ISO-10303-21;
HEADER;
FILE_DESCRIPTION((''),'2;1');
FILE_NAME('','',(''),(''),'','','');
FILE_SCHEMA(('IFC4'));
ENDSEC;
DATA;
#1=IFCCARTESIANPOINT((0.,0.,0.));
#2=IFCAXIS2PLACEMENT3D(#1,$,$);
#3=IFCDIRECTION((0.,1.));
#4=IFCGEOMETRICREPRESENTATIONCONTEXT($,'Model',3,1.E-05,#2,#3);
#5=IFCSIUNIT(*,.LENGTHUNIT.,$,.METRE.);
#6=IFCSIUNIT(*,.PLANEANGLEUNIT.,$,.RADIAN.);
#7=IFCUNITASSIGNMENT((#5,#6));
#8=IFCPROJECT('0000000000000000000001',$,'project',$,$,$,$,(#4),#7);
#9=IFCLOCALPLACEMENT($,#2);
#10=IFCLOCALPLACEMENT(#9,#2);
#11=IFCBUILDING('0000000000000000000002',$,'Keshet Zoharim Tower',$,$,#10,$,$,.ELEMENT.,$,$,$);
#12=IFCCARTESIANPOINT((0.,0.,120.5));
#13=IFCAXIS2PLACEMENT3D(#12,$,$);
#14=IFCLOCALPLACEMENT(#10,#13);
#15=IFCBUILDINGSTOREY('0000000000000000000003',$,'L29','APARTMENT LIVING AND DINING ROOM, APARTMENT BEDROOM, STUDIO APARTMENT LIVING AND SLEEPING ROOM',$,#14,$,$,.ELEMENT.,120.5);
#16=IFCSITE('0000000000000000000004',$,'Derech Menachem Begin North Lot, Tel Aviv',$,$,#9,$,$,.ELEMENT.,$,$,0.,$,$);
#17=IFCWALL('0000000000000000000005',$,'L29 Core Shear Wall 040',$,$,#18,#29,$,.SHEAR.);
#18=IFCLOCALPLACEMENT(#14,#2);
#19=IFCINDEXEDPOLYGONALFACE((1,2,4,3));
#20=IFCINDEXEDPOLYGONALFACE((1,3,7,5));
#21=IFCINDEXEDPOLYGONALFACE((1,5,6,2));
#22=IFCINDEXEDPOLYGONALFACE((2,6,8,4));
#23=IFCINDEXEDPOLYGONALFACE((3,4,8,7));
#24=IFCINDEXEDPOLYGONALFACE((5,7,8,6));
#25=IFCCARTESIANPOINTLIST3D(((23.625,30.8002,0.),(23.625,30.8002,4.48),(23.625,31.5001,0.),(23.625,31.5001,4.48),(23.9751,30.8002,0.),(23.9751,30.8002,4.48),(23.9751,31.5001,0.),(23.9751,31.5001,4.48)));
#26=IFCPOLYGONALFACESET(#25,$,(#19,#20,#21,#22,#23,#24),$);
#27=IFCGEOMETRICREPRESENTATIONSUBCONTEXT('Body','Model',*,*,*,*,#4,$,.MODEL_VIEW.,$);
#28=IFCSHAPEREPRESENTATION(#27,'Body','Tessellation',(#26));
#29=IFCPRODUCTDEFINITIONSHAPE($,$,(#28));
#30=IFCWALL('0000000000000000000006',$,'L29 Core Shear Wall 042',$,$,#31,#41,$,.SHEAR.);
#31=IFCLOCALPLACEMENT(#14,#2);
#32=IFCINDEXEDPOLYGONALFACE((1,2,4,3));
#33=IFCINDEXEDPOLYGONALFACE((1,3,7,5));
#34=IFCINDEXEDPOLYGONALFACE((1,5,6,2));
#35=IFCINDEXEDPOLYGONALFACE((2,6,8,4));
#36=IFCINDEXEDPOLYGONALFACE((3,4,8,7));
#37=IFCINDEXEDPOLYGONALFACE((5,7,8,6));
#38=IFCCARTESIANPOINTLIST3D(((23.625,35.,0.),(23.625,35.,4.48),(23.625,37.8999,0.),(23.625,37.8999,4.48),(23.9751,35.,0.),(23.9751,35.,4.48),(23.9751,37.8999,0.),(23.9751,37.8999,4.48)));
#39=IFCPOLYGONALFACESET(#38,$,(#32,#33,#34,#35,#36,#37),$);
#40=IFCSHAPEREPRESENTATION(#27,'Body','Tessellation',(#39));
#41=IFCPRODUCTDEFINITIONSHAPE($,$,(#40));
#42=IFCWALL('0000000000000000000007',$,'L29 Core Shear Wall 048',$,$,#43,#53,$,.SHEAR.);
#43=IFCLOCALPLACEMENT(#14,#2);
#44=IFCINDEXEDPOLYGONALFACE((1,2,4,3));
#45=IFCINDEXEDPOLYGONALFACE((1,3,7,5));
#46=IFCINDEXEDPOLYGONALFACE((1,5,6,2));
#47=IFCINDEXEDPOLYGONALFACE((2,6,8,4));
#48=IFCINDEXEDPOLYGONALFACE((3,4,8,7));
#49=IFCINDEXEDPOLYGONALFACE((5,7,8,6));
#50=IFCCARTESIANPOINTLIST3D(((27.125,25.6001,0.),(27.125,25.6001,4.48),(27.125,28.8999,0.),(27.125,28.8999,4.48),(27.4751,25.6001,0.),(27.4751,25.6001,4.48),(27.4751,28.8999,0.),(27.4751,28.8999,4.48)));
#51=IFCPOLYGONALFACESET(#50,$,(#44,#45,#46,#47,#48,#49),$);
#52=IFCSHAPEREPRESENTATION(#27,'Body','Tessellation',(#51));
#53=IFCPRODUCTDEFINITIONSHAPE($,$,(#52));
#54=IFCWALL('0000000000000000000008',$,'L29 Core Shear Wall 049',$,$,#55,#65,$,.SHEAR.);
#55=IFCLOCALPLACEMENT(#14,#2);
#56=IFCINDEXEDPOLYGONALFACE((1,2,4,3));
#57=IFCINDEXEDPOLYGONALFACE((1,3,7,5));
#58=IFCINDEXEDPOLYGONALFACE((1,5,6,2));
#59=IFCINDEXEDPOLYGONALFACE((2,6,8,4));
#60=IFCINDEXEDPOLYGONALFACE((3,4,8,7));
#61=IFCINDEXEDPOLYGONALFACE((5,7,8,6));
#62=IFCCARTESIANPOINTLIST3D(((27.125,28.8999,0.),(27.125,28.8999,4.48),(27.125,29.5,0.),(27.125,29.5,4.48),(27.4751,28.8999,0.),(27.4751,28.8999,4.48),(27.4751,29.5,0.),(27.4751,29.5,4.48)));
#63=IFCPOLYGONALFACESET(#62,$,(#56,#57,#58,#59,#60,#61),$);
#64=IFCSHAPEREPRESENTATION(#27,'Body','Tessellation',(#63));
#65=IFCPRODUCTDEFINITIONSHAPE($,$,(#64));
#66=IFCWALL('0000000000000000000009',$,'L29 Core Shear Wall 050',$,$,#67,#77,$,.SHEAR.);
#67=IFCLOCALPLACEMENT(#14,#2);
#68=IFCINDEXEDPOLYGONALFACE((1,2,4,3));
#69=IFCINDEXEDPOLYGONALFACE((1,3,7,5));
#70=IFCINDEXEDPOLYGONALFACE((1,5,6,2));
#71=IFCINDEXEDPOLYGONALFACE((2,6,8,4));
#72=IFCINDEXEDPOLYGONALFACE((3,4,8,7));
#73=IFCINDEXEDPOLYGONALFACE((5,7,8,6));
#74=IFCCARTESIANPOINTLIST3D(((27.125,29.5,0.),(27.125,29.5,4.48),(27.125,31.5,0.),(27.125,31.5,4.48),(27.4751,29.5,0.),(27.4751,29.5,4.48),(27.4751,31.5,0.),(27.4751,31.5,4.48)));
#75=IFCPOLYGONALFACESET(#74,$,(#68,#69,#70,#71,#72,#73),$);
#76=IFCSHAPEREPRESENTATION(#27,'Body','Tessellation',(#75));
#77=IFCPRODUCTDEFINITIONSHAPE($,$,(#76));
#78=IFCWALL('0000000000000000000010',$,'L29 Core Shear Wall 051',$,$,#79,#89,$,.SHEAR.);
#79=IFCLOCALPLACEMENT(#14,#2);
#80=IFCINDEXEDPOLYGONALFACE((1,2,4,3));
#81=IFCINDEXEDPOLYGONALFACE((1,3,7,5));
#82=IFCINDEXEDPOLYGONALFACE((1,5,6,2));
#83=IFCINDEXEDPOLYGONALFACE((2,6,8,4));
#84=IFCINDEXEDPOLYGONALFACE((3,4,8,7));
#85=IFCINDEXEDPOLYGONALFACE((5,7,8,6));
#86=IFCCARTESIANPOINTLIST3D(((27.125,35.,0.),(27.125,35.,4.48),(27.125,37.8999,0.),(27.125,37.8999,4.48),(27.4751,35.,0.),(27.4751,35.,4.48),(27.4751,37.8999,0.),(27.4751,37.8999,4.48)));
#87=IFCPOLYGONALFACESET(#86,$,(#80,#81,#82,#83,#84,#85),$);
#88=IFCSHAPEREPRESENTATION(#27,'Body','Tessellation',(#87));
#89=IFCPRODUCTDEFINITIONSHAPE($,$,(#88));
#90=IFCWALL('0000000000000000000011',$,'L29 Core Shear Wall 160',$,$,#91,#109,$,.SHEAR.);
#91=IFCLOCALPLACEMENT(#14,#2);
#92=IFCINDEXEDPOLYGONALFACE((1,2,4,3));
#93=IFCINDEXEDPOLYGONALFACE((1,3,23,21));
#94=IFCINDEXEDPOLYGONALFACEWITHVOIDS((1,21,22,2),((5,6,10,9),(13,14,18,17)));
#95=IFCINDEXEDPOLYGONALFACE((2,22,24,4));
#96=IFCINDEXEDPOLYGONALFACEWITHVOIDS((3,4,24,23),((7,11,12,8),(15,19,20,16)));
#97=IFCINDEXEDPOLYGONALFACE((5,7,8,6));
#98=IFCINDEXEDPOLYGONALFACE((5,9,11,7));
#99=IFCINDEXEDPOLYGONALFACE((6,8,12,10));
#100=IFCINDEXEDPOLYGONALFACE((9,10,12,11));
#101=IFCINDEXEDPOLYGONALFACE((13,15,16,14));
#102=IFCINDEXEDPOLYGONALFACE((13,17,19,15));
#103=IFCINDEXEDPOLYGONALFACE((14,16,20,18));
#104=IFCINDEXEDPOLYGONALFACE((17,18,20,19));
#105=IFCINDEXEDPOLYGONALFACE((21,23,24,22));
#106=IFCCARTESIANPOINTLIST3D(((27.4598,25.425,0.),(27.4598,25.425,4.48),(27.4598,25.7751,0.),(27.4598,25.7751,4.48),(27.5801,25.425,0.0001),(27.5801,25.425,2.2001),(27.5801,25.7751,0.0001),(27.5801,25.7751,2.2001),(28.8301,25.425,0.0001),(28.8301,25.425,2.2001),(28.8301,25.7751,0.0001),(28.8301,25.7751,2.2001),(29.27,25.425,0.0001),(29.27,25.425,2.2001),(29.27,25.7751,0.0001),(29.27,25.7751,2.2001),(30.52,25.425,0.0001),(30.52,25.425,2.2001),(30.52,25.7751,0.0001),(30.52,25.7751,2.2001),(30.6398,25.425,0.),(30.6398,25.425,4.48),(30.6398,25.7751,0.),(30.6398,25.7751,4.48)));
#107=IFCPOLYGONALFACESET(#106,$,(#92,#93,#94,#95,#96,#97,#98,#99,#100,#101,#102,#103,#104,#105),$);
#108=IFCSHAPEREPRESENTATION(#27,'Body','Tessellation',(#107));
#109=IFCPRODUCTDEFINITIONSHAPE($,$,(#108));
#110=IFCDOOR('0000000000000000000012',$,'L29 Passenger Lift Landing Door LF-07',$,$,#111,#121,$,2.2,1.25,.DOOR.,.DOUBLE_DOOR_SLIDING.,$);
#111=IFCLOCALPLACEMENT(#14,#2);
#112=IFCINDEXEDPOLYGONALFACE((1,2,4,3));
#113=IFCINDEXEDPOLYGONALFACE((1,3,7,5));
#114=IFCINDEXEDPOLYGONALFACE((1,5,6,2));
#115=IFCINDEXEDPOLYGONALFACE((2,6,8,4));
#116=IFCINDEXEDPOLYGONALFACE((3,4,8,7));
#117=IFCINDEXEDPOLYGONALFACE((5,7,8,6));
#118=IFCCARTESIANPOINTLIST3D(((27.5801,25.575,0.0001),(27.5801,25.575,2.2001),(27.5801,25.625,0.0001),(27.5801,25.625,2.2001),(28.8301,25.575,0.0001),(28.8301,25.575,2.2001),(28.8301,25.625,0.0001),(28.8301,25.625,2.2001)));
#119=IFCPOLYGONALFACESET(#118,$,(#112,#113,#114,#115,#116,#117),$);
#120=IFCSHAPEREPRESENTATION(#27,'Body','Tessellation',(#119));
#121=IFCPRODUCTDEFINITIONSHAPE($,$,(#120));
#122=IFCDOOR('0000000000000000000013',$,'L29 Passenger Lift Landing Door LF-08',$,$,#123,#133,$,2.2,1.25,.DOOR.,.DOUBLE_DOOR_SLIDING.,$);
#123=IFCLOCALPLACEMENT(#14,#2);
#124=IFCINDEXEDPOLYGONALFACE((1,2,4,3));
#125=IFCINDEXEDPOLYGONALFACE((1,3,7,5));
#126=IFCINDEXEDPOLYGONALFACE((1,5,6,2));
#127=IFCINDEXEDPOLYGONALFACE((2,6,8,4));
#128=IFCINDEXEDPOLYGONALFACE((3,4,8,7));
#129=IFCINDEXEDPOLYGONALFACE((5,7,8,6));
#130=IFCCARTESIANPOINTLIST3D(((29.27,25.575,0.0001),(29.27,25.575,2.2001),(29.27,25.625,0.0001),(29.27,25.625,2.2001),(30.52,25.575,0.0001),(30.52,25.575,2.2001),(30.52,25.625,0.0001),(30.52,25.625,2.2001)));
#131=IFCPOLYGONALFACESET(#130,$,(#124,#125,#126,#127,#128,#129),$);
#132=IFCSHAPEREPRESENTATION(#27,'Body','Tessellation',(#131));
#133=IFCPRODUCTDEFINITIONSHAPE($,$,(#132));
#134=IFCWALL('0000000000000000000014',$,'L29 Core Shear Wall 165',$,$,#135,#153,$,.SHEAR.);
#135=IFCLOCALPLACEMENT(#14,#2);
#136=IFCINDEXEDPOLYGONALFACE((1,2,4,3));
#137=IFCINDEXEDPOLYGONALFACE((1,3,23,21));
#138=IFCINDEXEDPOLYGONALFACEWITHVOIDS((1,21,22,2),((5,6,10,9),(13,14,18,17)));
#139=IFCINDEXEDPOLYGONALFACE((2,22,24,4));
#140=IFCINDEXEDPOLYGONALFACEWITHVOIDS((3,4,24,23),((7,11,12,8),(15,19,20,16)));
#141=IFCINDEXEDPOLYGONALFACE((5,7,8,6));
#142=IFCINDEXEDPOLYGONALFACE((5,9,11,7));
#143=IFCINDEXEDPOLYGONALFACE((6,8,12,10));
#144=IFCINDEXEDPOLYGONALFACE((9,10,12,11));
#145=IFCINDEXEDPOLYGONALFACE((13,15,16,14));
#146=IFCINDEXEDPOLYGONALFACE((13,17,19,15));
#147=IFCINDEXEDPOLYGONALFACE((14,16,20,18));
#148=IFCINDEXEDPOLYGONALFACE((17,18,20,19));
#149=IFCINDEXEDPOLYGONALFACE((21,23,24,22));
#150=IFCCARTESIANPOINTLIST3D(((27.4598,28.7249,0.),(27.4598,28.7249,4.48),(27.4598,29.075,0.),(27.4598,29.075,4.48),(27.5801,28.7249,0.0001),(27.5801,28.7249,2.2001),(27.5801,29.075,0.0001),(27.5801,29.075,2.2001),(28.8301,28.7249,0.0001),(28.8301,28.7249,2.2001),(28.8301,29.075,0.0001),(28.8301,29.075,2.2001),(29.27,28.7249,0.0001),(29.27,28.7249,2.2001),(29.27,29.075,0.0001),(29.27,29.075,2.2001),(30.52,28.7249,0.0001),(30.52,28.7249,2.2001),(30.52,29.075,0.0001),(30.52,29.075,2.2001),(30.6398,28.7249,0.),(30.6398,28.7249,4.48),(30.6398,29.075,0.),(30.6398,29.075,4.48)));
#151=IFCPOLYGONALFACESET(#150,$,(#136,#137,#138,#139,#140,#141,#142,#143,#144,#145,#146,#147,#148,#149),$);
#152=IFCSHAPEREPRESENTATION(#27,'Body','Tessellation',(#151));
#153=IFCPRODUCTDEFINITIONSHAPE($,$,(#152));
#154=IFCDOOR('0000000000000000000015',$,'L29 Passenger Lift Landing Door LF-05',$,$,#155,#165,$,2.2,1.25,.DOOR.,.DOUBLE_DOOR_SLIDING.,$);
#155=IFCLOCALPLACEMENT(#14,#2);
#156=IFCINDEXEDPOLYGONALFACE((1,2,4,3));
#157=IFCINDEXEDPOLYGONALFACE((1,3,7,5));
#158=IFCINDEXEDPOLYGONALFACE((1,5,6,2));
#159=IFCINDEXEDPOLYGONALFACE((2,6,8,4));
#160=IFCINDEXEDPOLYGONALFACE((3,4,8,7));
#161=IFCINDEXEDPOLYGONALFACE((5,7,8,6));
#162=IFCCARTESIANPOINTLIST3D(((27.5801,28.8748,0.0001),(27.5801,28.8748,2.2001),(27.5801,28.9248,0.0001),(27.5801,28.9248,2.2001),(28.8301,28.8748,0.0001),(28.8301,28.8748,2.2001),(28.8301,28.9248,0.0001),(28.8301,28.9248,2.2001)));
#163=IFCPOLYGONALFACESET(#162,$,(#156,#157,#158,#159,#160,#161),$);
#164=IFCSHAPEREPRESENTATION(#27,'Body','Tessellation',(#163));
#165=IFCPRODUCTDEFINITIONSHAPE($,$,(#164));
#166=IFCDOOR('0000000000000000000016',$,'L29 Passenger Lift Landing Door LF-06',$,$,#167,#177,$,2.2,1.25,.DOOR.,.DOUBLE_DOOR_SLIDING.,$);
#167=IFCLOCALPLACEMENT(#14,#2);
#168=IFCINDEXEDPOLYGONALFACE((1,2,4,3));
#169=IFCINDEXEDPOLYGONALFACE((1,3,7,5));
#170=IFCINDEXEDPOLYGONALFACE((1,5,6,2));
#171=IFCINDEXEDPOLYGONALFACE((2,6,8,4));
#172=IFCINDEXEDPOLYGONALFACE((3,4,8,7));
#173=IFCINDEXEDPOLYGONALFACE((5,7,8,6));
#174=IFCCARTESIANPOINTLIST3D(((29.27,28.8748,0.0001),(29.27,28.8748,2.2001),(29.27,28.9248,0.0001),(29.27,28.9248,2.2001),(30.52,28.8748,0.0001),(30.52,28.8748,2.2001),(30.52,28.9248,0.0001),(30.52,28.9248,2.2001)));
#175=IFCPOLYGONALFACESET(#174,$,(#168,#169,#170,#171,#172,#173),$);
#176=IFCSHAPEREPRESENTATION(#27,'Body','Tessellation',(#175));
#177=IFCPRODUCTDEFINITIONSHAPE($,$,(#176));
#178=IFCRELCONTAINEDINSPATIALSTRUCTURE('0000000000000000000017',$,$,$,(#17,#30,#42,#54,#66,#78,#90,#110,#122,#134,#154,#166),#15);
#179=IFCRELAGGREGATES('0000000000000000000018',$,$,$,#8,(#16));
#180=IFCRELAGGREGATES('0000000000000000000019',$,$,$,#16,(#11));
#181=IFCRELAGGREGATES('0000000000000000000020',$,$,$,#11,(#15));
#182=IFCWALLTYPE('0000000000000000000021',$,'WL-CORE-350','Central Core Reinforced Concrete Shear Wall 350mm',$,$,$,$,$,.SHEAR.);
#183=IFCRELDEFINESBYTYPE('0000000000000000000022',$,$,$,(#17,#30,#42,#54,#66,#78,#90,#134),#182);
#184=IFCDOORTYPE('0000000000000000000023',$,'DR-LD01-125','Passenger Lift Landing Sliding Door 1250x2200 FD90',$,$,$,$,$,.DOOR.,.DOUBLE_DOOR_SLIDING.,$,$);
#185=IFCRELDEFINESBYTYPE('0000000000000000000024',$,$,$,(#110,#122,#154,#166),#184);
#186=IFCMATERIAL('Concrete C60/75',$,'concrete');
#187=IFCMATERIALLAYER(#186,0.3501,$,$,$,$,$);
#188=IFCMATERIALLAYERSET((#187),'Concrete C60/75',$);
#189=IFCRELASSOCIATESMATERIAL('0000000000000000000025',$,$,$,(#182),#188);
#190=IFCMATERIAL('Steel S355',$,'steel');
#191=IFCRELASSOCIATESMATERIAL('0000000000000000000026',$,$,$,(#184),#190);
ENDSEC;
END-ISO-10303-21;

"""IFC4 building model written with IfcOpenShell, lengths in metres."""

from ifc_helpers import new_model, si_unit, direction, frame, frame_2d, origin, place, context, subcontext, project, spatial, rectangle, extrude, material, layer, layer_set, type_object, element, fill, save


model = new_model("IFC4")

# Units and contexts
model_context = context("Model", 3, precision=1e-05, world=origin(), true_north=direction((0.0, 1.0)))
body_context = subcontext(model_context, "Body", "Model", "MODEL_VIEW")
ifc_project = project(units=[si_unit("LENGTHUNIT", "METRE"), si_unit("PLANEANGLEUNIT", "RADIAN")], contexts=[model_context])

# Site, building, storey
site_placement = place(None, origin())
site = spatial("IfcSite", under=ifc_project, at=site_placement, Name="Derech Menachem Begin North Lot, Tel Aviv", CompositionType="ELEMENT", RefElevation=0.0)
building_placement = place(site_placement, origin())
building = spatial("IfcBuilding", under=site, at=building_placement, Name="Keshet Zoharim Tower", CompositionType="ELEMENT")
storey_placement = place(building_placement, frame((0.0, 0.0, 120.5)))
storey = spatial("IfcBuildingStorey", under=building, at=storey_placement, Name="L29", Description="APARTMENT LIVING AND DINING ROOM, APARTMENT BEDROOM, STUDIO APARTMENT LIVING AND SLEEPING ROOM", CompositionType="ELEMENT", Elevation=120.5)

# Wall
ifc_material_1 = material(Name="Concrete C60/75", Category="concrete")
ifc_layer_1 = layer(ifc_material_1, 0.3501)
ifc_layer_set_1 = layer_set([ifc_layer_1], Name="Concrete C60/75")
wall_type_1 = type_object("IfcWallType", Name="WL-CORE-350", Description="Central Core Reinforced Concrete Shear Wall 350mm", PredefinedType="SHEAR", material=ifc_layer_set_1)
wall_1_placement = place(storey_placement, frame((23.8, 30.8, 0.0), z_axis=(0.0, 0.0, 1.0), x_axis=(0.0, 1.0, 0.0)))
element("IfcWall", 1, at=wall_1_placement, inside=storey, type_object=wall_type_1, Name="L29 Core Shear Wall 040", PredefinedType="SHEAR", context=body_context, shape_type="SweptSolid", body=[
    extrude(rectangle(XDim=0.7, YDim=0.3501, at=frame_2d((0.3501, 0.0))), origin(), (0.0, 0.0, 1.0), 4.48),
])

# Walls
wall_2_placement = place(storey_placement, frame((23.8, 35.0, 0.0), z_axis=(0.0, 0.0, 1.0), x_axis=(0.0, 1.0, 0.0)))
element("IfcWall", 2, at=wall_2_placement, inside=storey, type_object=wall_type_1, Name="L29 Core Shear Wall 042", PredefinedType="SHEAR", context=body_context, shape_type="SweptSolid", body=[
    extrude(rectangle(XDim=2.8999, YDim=0.3501, at=frame_2d((1.45, 0.0))), origin(), (0.0, 0.0, 1.0), 4.48),
])
wall_3_placement = place(storey_placement, frame((27.3, 25.6001, 0.0), z_axis=(0.0, 0.0, 1.0), x_axis=(0.0, 1.0, 0.0)))
element("IfcWall", 3, at=wall_3_placement, inside=storey, type_object=wall_type_1, Name="L29 Core Shear Wall 048", PredefinedType="SHEAR", context=body_context, shape_type="SweptSolid", body=[
    extrude(rectangle(XDim=3.2998, YDim=0.3501, at=frame_2d((1.6499, 0.0))), origin(), (0.0, 0.0, 1.0), 4.48),
])
wall_4_placement = place(storey_placement, frame((27.3, 28.8999, 0.0), z_axis=(0.0, 0.0, 1.0), x_axis=(0.0, 1.0, 0.0)))
element("IfcWall", 4, at=wall_4_placement, inside=storey, type_object=wall_type_1, Name="L29 Core Shear Wall 049", PredefinedType="SHEAR", context=body_context, shape_type="SweptSolid", body=[
    extrude(rectangle(XDim=0.6001, YDim=0.3501, at=frame_2d((0.3, 0.0))), origin(), (0.0, 0.0, 1.0), 4.48),
])
wall_5_placement = place(storey_placement, frame((27.3, 29.5, 0.0), z_axis=(0.0, 0.0, 1.0), x_axis=(0.0, 1.0, 0.0)))
element("IfcWall", 5, at=wall_5_placement, inside=storey, type_object=wall_type_1, Name="L29 Core Shear Wall 050", PredefinedType="SHEAR", context=body_context, shape_type="SweptSolid", body=[
    extrude(rectangle(XDim=2.0, YDim=0.3501, at=frame_2d((1.0, 0.0))), origin(), (0.0, 0.0, 1.0), 4.48),
])
wall_6_placement = place(storey_placement, frame((27.3, 35.0, 0.0), z_axis=(0.0, 0.0, 1.0), x_axis=(0.0, 1.0, 0.0)))
element("IfcWall", 6, at=wall_6_placement, inside=storey, type_object=wall_type_1, Name="L29 Core Shear Wall 051", PredefinedType="SHEAR", context=body_context, shape_type="SweptSolid", body=[
    extrude(rectangle(XDim=2.8999, YDim=0.3501, at=frame_2d((1.45, 0.0))), origin(), (0.0, 0.0, 1.0), 4.48),
])

# Walls, openings, doors
wall_7_placement = place(storey_placement, frame((27.46, 25.6001, 0.0), z_axis=(0.0, 0.0, 1.0), x_axis=(1.0, 0.0, 0.0)))
wall_7 = element("IfcWall", 7, at=wall_7_placement, inside=storey, type_object=wall_type_1, Name="L29 Core Shear Wall 160", PredefinedType="SHEAR", context=body_context, shape_type="SweptSolid", body=[
    extrude(rectangle(XDim=3.1799, YDim=0.3501, at=frame_2d((1.5898, 0.0))), origin(), (0.0, 0.0, 1.0), 4.48),
])
opening_1_placement = place(wall_7_placement, frame((0.1201, 0.0, 0.0)))
opening_1 = element("IfcOpeningElement", 8, at=opening_1_placement, cuts=wall_7, PredefinedType="OPENING", context=body_context, shape_type="SweptSolid", body=[
    extrude(rectangle(XDim=1.25, YDim=2.2, at=frame_2d((0.625, 1.1001))), frame((0.0, 0.1851, 0.0), z_axis=(0.0, -1.0, 0.0), x_axis=(1.0, 0.0, 0.0)), (0.0, 0.0, 1.0), 0.3701),
])
opening_2_placement = place(wall_7_placement, frame((1.8101, 0.0, 0.0)))
opening_2 = element("IfcOpeningElement", 9, at=opening_2_placement, cuts=wall_7, PredefinedType="OPENING", context=body_context, shape_type="SweptSolid", body=[
    extrude(rectangle(XDim=1.25, YDim=2.2, at=frame_2d((0.625, 1.1001))), frame((0.0, 0.1851, 0.0), z_axis=(0.0, -1.0, 0.0), x_axis=(1.0, 0.0, 0.0)), (0.0, 0.0, 1.0), 0.3701),
])
ifc_material_2 = material(Name="Steel S355", Category="steel")
door_type_1 = type_object("IfcDoorType", Name="DR-LD01-125", Description="Passenger Lift Landing Sliding Door 1250x2200 FD90", OperationType="DOUBLE_DOOR_SLIDING", PredefinedType="DOOR", material=ifc_material_2)
door_1_placement = place(opening_1_placement, origin())
door_1 = element("IfcDoor", 10, at=door_1_placement, inside=storey, type_object=door_type_1, Name="L29 Passenger Lift Landing Door LF-07", OperationType="DOUBLE_DOOR_SLIDING", OverallHeight=2.2, OverallWidth=1.25, PredefinedType="DOOR", context=body_context, shape_type="SweptSolid", body=[
    extrude(rectangle(XDim=1.25, YDim=2.2, at=frame_2d((0.625, 1.1001))), frame((0.0, 0.0249, 0.0), z_axis=(0.0, -1.0, 0.0), x_axis=(1.0, 0.0, 0.0)), (0.0, 0.0, 1.0), 0.05),
])
fill(opening_1, door_1)
door_2_placement = place(opening_2_placement, origin())
door_2 = element("IfcDoor", 11, at=door_2_placement, inside=storey, type_object=door_type_1, Name="L29 Passenger Lift Landing Door LF-08", OperationType="DOUBLE_DOOR_SLIDING", OverallHeight=2.2, OverallWidth=1.25, PredefinedType="DOOR", context=body_context, shape_type="SweptSolid", body=[
    extrude(rectangle(XDim=1.25, YDim=2.2, at=frame_2d((0.625, 1.1001))), frame((0.0, 0.0249, 0.0), z_axis=(0.0, -1.0, 0.0), x_axis=(1.0, 0.0, 0.0)), (0.0, 0.0, 1.0), 0.05),
])
fill(opening_2, door_2)
wall_8_placement = place(storey_placement, frame((27.46, 28.8999, 0.0), z_axis=(0.0, 0.0, 1.0), x_axis=(1.0, 0.0, 0.0)))
wall_8 = element("IfcWall", 12, at=wall_8_placement, inside=storey, type_object=wall_type_1, Name="L29 Core Shear Wall 165", PredefinedType="SHEAR", context=body_context, shape_type="SweptSolid", body=[
    extrude(rectangle(XDim=3.1799, YDim=0.3501, at=frame_2d((1.5898, 0.0))), origin(), (0.0, 0.0, 1.0), 4.48),
])
opening_3_placement = place(wall_8_placement, frame((0.1201, 0.0, 0.0)))
opening_3 = element("IfcOpeningElement", 13, at=opening_3_placement, cuts=wall_8, PredefinedType="OPENING", context=body_context, shape_type="SweptSolid", body=[
    extrude(rectangle(XDim=1.25, YDim=2.2, at=frame_2d((0.625, 1.1001))), frame((0.0, 0.1851, 0.0), z_axis=(0.0, -1.0, 0.0), x_axis=(1.0, 0.0, 0.0)), (0.0, 0.0, 1.0), 0.3701),
])
opening_4_placement = place(wall_8_placement, frame((1.8101, 0.0, 0.0)))
opening_4 = element("IfcOpeningElement", 14, at=opening_4_placement, cuts=wall_8, PredefinedType="OPENING", context=body_context, shape_type="SweptSolid", body=[
    extrude(rectangle(XDim=1.25, YDim=2.2, at=frame_2d((0.625, 1.1001))), frame((0.0, 0.1851, 0.0), z_axis=(0.0, -1.0, 0.0), x_axis=(1.0, 0.0, 0.0)), (0.0, 0.0, 1.0), 0.3701),
])
door_3_placement = place(opening_3_placement, origin())
door_3 = element("IfcDoor", 15, at=door_3_placement, inside=storey, type_object=door_type_1, Name="L29 Passenger Lift Landing Door LF-05", OperationType="DOUBLE_DOOR_SLIDING", OverallHeight=2.2, OverallWidth=1.25, PredefinedType="DOOR", context=body_context, shape_type="SweptSolid", body=[
    extrude(rectangle(XDim=1.25, YDim=2.2, at=frame_2d((0.625, 1.1001))), frame((0.0, 0.0249, 0.0), z_axis=(0.0, -1.0, 0.0), x_axis=(1.0, 0.0, 0.0)), (0.0, 0.0, 1.0), 0.05),
])
fill(opening_3, door_3)
door_4_placement = place(opening_4_placement, origin())
door_4 = element("IfcDoor", 16, at=door_4_placement, inside=storey, type_object=door_type_1, Name="L29 Passenger Lift Landing Door LF-06", OperationType="DOUBLE_DOOR_SLIDING", OverallHeight=2.2, OverallWidth=1.25, PredefinedType="DOOR", context=body_context, shape_type="SweptSolid", body=[
    extrude(rectangle(XDim=1.25, YDim=2.2, at=frame_2d((0.625, 1.1001))), frame((0.0, 0.0249, 0.0), z_axis=(0.0, -1.0, 0.0), x_axis=(1.0, 0.0, 0.0)), (0.0, 0.0, 1.0), 0.05),
])
fill(opening_4, door_4)

save(model, "model.ifc")
